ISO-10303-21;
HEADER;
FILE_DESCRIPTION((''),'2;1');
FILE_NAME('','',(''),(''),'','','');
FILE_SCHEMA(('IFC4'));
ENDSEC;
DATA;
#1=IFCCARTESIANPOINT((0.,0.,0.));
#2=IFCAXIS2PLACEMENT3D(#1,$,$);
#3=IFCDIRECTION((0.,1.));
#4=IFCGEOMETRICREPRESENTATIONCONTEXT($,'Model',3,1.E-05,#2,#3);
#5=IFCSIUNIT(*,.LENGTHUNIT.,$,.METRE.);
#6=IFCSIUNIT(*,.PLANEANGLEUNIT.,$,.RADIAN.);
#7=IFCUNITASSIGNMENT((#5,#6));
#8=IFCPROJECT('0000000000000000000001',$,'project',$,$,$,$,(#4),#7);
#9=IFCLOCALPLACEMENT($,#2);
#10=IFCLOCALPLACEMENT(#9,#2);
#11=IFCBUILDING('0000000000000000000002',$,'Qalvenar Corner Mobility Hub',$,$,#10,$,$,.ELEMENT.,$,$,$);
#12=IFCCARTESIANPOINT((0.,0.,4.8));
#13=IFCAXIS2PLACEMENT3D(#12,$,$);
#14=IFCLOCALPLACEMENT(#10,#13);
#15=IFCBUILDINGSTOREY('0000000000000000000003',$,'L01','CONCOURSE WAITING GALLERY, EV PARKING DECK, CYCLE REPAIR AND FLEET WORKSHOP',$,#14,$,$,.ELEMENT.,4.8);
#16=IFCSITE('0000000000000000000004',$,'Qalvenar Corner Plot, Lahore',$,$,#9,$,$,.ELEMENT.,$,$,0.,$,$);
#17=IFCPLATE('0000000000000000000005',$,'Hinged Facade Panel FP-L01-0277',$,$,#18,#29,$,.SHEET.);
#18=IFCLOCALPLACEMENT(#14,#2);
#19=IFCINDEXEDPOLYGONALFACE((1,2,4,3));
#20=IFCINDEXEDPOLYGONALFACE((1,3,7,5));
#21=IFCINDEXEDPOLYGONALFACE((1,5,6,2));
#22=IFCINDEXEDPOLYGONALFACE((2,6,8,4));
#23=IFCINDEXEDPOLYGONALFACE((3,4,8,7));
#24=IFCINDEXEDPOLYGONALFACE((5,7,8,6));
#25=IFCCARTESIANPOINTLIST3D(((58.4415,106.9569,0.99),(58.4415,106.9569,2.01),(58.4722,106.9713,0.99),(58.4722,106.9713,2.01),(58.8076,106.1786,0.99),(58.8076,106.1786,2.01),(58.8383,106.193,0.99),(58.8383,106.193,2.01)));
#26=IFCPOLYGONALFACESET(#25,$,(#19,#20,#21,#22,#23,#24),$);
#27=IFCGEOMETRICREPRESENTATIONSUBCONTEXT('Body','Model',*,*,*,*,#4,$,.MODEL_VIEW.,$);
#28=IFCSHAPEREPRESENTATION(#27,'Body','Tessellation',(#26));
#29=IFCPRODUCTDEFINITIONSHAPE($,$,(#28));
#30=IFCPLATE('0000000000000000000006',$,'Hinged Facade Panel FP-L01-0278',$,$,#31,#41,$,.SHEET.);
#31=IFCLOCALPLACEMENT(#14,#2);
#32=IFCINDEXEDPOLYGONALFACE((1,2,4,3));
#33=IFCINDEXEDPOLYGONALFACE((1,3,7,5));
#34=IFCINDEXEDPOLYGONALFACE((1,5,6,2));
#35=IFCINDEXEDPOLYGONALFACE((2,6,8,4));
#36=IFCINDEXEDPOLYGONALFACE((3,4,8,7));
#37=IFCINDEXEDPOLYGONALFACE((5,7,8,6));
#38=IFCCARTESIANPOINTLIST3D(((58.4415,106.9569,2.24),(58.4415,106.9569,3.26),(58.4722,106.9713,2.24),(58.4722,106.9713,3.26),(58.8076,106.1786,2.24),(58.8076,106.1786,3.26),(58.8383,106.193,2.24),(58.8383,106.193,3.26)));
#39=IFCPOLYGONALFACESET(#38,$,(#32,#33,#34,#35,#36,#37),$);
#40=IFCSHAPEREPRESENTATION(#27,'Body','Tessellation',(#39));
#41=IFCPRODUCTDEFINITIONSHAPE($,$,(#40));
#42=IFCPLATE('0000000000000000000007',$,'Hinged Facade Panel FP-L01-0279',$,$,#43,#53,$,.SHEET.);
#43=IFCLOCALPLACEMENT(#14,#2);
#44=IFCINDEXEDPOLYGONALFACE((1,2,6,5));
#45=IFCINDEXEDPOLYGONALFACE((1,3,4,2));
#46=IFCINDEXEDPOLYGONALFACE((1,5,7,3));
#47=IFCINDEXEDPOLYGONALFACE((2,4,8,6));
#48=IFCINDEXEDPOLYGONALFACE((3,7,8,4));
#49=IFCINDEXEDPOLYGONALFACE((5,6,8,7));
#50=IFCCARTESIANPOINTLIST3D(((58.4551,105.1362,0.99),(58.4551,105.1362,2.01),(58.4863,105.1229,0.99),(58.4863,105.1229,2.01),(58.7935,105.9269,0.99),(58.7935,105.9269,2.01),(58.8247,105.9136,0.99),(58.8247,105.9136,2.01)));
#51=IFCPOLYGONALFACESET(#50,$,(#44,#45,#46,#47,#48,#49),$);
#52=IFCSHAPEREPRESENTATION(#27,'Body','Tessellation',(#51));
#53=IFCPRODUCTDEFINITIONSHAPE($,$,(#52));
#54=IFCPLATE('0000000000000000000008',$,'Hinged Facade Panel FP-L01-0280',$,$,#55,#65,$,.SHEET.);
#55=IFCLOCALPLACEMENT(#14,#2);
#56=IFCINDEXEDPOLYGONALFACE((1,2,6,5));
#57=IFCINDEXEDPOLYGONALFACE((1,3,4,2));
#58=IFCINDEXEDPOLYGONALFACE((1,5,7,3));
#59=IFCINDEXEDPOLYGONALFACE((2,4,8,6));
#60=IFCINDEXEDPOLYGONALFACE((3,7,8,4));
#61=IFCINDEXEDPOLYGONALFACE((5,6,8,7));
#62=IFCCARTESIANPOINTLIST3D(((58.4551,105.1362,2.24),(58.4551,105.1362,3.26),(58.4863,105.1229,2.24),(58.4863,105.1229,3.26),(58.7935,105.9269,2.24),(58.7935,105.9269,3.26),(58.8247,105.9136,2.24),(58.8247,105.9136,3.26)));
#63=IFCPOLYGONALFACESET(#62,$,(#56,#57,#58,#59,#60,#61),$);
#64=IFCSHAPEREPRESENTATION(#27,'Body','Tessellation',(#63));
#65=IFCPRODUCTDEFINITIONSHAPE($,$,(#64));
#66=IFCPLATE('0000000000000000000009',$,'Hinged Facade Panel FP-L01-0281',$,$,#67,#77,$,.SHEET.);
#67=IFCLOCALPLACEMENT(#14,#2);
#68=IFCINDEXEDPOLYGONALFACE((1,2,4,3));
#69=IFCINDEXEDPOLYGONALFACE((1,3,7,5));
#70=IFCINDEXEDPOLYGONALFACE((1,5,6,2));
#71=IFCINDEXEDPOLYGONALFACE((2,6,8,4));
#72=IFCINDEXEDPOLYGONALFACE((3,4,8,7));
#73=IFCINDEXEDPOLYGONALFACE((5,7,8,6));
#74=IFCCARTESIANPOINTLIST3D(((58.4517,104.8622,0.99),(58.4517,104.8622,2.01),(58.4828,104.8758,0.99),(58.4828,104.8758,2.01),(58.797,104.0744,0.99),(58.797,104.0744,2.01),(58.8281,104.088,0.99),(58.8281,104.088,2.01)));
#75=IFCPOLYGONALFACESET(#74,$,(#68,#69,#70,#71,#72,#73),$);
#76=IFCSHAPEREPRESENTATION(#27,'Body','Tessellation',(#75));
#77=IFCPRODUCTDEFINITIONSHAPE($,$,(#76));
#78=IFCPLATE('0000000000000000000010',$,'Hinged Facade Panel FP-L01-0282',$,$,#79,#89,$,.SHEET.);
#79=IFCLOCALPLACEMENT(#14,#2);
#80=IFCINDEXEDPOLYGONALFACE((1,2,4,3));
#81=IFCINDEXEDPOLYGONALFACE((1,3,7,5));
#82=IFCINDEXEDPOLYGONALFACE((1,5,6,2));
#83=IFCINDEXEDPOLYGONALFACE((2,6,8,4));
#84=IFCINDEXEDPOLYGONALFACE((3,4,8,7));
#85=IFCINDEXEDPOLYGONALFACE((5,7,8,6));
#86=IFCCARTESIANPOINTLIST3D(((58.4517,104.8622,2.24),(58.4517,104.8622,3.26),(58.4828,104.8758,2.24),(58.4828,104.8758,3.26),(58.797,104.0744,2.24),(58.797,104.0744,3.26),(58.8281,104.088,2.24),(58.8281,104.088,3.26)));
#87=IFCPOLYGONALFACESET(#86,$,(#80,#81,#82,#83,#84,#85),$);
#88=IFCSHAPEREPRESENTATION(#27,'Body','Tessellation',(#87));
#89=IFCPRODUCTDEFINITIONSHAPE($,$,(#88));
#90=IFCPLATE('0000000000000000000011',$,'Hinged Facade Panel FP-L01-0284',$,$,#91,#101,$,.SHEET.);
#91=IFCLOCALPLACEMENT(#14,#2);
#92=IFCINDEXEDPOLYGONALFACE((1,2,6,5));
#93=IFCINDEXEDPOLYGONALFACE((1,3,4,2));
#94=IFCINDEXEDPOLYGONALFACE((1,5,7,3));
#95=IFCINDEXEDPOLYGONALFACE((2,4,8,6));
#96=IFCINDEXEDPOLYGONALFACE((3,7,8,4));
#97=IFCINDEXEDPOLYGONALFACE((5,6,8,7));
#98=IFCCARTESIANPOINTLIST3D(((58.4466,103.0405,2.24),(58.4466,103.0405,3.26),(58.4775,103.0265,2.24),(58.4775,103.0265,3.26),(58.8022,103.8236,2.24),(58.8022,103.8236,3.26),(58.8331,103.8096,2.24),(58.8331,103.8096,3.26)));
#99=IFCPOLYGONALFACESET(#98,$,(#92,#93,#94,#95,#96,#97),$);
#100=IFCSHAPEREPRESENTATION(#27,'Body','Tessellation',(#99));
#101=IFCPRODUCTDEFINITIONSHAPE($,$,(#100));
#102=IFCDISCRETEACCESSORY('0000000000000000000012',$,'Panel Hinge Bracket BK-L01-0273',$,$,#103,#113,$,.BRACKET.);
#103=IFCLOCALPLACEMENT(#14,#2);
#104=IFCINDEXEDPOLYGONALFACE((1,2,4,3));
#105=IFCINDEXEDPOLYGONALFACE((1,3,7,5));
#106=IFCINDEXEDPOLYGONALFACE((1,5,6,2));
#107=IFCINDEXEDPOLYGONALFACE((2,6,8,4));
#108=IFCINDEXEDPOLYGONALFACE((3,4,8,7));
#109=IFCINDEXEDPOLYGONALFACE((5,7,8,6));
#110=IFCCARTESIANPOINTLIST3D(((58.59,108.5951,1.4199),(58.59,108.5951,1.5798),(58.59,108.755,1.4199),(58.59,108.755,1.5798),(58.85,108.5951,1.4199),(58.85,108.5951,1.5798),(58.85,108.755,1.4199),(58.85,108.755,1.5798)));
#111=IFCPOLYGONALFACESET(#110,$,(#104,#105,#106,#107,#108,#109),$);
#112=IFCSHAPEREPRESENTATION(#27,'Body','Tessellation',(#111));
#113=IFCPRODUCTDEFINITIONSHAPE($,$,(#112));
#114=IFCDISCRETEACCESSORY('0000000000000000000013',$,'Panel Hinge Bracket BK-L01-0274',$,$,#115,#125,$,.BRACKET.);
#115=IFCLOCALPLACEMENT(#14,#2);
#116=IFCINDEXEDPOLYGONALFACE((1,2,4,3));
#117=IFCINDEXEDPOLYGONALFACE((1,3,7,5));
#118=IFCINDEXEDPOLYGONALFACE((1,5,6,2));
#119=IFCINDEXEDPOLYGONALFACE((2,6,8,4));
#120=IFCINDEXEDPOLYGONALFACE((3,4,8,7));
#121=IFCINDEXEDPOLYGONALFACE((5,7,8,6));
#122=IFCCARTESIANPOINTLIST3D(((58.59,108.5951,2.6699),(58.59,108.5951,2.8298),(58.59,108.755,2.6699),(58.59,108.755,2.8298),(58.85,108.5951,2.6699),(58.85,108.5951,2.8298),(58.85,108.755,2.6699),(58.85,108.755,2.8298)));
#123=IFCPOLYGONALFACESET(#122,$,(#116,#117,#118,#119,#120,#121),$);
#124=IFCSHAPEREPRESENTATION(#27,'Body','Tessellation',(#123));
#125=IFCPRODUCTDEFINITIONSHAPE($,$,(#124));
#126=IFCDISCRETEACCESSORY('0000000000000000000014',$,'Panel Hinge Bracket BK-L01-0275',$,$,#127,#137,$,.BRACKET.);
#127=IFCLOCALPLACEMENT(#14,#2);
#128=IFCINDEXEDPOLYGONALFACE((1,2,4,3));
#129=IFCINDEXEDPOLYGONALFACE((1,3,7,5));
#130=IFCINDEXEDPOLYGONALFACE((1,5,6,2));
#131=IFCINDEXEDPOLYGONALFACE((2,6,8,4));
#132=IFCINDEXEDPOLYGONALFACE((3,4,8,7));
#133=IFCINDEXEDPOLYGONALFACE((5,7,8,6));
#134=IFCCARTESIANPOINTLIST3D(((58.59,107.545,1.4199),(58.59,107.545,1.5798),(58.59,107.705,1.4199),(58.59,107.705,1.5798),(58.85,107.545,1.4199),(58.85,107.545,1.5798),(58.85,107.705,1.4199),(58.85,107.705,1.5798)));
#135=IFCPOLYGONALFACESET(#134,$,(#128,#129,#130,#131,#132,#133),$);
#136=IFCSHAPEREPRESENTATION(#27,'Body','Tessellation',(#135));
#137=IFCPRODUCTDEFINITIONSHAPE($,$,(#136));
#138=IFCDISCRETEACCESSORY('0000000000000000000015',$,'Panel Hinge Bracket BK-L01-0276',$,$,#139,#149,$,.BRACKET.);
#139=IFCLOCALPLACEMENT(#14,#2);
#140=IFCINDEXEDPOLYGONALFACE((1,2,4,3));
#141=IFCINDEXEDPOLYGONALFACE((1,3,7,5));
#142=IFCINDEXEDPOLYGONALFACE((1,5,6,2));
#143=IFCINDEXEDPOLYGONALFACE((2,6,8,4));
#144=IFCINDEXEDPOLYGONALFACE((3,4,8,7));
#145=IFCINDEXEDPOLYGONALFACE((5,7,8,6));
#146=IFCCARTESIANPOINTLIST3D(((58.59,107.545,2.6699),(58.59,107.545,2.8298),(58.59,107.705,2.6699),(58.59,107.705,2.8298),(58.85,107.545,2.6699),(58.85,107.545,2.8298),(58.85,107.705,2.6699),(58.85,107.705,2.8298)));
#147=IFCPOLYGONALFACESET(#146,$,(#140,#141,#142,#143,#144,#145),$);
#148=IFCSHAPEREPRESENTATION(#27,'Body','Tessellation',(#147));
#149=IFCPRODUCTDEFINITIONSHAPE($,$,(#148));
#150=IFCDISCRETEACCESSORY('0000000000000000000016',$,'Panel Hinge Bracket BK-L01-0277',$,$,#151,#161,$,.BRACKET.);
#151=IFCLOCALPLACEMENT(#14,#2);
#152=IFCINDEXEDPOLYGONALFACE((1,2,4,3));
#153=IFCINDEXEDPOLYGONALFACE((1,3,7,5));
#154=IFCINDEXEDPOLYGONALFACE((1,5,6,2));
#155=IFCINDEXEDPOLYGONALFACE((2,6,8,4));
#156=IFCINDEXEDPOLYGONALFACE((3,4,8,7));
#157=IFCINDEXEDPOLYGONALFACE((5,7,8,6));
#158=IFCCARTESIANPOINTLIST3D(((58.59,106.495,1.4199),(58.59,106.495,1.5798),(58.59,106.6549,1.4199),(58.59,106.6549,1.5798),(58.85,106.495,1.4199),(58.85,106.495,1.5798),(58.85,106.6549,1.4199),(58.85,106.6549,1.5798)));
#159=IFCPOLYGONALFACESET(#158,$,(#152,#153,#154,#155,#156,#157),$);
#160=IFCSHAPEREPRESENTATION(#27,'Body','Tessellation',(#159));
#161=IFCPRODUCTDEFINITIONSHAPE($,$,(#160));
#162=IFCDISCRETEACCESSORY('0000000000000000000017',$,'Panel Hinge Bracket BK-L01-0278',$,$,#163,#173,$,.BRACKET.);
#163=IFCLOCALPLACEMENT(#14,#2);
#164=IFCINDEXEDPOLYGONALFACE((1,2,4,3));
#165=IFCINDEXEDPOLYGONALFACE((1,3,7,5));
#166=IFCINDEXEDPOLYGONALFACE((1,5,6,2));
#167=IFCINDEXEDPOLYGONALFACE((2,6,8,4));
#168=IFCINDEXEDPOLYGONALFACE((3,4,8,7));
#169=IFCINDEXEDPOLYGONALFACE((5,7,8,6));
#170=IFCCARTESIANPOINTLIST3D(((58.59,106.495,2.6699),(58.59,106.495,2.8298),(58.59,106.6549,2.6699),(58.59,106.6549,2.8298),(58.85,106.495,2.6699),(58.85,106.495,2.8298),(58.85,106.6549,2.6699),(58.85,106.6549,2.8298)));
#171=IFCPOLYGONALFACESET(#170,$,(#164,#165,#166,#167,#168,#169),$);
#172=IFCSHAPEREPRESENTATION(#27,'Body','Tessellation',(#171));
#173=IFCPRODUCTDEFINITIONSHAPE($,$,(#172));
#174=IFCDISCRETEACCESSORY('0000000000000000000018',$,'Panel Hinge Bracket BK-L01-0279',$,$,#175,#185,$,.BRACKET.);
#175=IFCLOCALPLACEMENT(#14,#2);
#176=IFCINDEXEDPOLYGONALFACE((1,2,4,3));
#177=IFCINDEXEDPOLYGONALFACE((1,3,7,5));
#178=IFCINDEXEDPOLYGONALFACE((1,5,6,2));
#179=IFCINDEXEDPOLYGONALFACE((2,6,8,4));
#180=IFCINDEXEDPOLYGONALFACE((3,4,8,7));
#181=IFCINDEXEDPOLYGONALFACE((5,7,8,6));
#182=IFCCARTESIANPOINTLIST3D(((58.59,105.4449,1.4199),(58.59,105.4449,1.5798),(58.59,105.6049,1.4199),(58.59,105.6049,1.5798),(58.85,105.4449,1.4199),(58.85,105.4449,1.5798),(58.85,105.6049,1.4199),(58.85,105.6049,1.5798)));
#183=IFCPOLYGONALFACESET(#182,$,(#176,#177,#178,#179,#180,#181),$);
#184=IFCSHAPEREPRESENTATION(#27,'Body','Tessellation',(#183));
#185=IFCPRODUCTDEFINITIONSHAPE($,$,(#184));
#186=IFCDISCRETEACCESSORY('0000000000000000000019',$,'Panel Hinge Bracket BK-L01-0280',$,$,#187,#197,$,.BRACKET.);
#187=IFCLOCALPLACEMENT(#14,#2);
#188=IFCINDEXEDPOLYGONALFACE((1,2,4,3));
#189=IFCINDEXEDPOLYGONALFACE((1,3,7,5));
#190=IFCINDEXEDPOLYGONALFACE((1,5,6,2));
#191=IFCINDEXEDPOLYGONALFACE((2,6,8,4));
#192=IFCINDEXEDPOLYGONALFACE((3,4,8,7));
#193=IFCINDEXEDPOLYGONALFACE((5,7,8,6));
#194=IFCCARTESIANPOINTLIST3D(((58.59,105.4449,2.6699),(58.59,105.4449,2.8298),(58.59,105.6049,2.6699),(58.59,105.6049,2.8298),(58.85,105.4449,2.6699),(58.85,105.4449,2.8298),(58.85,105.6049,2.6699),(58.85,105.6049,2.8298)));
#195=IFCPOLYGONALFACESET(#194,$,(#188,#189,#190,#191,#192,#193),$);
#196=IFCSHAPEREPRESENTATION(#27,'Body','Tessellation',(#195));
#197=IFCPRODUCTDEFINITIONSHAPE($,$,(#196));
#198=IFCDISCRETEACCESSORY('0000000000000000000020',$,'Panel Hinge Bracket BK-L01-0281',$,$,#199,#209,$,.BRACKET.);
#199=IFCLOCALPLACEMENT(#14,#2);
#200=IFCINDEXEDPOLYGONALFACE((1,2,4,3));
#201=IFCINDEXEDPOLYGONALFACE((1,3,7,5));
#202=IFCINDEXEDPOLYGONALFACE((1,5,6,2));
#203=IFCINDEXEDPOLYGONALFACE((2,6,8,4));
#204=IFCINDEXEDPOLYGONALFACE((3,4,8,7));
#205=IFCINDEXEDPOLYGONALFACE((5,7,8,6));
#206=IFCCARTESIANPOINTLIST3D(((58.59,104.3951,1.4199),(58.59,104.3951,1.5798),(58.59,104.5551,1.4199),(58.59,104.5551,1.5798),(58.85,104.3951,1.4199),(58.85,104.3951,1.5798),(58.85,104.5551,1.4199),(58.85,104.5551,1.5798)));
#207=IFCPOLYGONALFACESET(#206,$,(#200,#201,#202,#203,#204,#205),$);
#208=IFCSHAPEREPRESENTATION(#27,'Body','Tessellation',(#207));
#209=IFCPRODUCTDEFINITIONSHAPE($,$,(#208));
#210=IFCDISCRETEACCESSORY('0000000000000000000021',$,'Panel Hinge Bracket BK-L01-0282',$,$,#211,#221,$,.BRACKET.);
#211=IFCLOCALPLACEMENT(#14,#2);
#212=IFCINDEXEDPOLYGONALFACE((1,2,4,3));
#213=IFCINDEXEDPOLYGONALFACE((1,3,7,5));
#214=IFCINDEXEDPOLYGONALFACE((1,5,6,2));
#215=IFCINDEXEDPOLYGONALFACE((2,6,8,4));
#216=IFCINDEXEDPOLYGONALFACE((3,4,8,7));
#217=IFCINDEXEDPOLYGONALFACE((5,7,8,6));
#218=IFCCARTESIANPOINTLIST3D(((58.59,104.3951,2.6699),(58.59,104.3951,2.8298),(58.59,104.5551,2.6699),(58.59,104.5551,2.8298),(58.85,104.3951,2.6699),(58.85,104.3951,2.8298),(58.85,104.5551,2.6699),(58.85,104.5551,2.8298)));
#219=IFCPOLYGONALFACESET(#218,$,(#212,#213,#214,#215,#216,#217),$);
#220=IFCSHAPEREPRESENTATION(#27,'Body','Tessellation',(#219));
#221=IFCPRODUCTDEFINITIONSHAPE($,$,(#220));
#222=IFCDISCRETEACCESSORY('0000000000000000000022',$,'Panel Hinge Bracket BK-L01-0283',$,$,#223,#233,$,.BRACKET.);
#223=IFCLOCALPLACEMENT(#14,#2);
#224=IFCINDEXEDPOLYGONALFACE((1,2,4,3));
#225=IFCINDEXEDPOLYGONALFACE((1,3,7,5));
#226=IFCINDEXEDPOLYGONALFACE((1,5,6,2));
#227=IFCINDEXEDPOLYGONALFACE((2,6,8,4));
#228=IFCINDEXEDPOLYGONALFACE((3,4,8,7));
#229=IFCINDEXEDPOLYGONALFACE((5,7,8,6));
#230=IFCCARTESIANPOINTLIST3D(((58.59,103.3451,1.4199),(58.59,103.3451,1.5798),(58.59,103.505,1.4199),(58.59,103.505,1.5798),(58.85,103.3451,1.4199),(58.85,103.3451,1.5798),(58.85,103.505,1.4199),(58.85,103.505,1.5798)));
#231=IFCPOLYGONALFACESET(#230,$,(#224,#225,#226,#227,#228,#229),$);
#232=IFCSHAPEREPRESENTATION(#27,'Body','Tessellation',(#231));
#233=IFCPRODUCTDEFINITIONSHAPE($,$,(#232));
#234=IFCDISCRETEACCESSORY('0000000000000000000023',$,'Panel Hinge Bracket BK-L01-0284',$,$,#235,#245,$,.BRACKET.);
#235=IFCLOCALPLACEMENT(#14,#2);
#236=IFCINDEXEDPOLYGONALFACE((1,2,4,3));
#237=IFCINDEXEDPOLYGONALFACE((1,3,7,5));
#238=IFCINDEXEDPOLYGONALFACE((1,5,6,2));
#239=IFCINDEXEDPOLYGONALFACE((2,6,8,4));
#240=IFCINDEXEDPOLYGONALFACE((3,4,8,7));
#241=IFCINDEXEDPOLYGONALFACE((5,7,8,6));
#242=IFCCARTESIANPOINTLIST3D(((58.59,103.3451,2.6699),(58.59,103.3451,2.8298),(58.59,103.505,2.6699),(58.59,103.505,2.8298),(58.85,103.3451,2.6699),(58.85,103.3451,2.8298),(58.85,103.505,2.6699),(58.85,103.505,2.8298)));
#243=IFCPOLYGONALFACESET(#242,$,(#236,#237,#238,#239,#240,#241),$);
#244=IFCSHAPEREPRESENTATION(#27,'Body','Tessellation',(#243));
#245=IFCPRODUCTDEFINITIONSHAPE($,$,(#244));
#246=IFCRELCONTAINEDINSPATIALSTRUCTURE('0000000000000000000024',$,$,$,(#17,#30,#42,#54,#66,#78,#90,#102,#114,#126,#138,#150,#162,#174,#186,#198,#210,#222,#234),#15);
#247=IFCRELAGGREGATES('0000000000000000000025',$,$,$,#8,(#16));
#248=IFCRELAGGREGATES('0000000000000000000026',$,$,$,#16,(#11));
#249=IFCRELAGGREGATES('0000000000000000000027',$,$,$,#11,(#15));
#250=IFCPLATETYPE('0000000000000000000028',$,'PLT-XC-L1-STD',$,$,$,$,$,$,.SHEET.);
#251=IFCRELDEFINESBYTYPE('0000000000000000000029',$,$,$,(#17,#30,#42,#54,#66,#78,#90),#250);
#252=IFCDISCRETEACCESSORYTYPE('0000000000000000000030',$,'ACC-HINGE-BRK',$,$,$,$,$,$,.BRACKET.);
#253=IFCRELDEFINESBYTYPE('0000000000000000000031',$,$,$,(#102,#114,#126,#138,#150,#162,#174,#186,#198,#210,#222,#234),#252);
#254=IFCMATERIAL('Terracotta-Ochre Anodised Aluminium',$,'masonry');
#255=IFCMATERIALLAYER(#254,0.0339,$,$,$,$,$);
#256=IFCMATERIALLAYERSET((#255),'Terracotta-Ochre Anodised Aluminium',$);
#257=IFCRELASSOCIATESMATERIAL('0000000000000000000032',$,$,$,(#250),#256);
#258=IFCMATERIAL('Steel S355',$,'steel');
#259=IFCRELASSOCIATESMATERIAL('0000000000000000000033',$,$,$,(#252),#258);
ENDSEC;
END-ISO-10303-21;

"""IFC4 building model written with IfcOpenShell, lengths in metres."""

from ifc_helpers import new_model, si_unit, direction, frame, origin, origin_2d, place, context, subcontext, project, spatial, rectangle, extrude, material, layer, layer_set, type_object, element, save


model = new_model("IFC4")

# Units and contexts
model_context = context("Model", 3, precision=1e-05, world=origin(), true_north=direction((0.0, 1.0)))
body_context = subcontext(model_context, "Body", "Model", "MODEL_VIEW")
ifc_project = project(units=[si_unit("LENGTHUNIT", "METRE"), si_unit("PLANEANGLEUNIT", "RADIAN")], contexts=[model_context])

# Site, building, storey
site_placement = place(None, origin())
site = spatial("IfcSite", under=ifc_project, at=site_placement, Name="Qalvenar Corner Plot, Lahore", CompositionType="ELEMENT", RefElevation=0.0)
building_placement = place(site_placement, origin())
building = spatial("IfcBuilding", under=site, at=building_placement, Name="Qalvenar Corner Mobility Hub", CompositionType="ELEMENT")
storey_placement = place(building_placement, frame((0.0, 0.0, 4.8)))
storey = spatial("IfcBuildingStorey", under=building, at=storey_placement, Name="L01", Description="CONCOURSE WAITING GALLERY, EV PARKING DECK, CYCLE REPAIR AND FLEET WORKSHOP", CompositionType="ELEMENT", Elevation=4.8)

# Shared definitions
ifc_material_1 = material(Name="Steel S355", Category="steel")

# Plates
ifc_material_2 = material(Name="Terracotta-Ochre Anodised Aluminium", Category="masonry")
ifc_layer_1 = layer(ifc_material_2, 0.0339)
ifc_layer_set_1 = layer_set([ifc_layer_1], Name="Terracotta-Ochre Anodised Aluminium")
plate_type_1 = type_object("IfcPlateType", Name="PLT-XC-L1-STD", PredefinedType="SHEET", material=ifc_layer_set_1)
for number, where, z_axis, x_axis, name in (
    (1, (58.6399, 106.575, 0.99), (0.0, 0.0, 1.0), (0.425621, -0.904901, 0.0), "Hinged Facade Panel FP-L01-0277"),
    (2, (58.6399, 106.575, 2.24), (0.0, 0.0, 1.0), (0.425621, -0.904901, 0.0), "Hinged Facade Panel FP-L01-0278"),
    (3, (58.6399, 105.5249, 0.99), (0.0, 0.0, 1.0), (-0.393461, -0.919341, 0.0), "Hinged Facade Panel FP-L01-0279"),
    (4, (58.6399, 105.5249, 2.24), (0.0, 0.0, 1.0), (-0.393461, -0.919341, 0.0), "Hinged Facade Panel FP-L01-0280"),
    (5, (58.6399, 104.4751, 0.99), (0.0, 0.0, 1.0), (0.401468, -0.915873, 0.0), "Hinged Facade Panel FP-L01-0281"),
    (6, (58.6399, 104.4751, 2.24), (0.0, 0.0, 1.0), (0.401468, -0.915873, 0.0), "Hinged Facade Panel FP-L01-0282"),
    (7, (58.6399, 103.425, 2.24), (0.0, 0.0, 1.0), (-0.413422, -0.910539, 0.0), "Hinged Facade Panel FP-L01-0284"),
):
    element("IfcPlate", number, at=place(storey_placement, frame(where, z_axis=z_axis, x_axis=x_axis)), inside=storey, type_object=plate_type_1, Name=name, PredefinedType="SHEET", context=body_context, shape_type="SweptSolid", body=[
        extrude(rectangle(XDim=0.8601, YDim=0.0339, at=origin_2d()), origin(), (0.0, 0.0, 1.0), 1.02),
    ])

# Discrete accessories
discrete_accessory_type = type_object("IfcDiscreteAccessoryType", Name="ACC-HINGE-BRK", PredefinedType="BRACKET", material=ifc_material_1)
for number, where, z_axis, x_axis, name in (
    (8, (58.72, 108.675, 1.4199), (0.0, 0.0, 1.0), (0.0, -1.0, 0.0), "Panel Hinge Bracket BK-L01-0273"),
    (9, (58.72, 108.675, 2.6699), (0.0, 0.0, 1.0), (0.0, -1.0, 0.0), "Panel Hinge Bracket BK-L01-0274"),
    (10, (58.72, 107.625, 1.4199), (0.0, 0.0, 1.0), (0.0, -1.0, 0.0), "Panel Hinge Bracket BK-L01-0275"),
    (11, (58.72, 107.625, 2.6699), (0.0, 0.0, 1.0), (0.0, -1.0, 0.0), "Panel Hinge Bracket BK-L01-0276"),
    (12, (58.72, 106.575, 1.4199), (0.0, 0.0, 1.0), (0.0, -1.0, 0.0), "Panel Hinge Bracket BK-L01-0277"),
    (13, (58.72, 106.575, 2.6699), (0.0, 0.0, 1.0), (0.0, -1.0, 0.0), "Panel Hinge Bracket BK-L01-0278"),
    (14, (58.72, 105.5249, 1.4199), (0.0, 0.0, 1.0), (0.0, -1.0, 0.0), "Panel Hinge Bracket BK-L01-0279"),
    (15, (58.72, 105.5249, 2.6699), (0.0, 0.0, 1.0), (0.0, -1.0, 0.0), "Panel Hinge Bracket BK-L01-0280"),
    (16, (58.72, 104.4751, 1.4199), (0.0, 0.0, 1.0), (0.0, -1.0, 0.0), "Panel Hinge Bracket BK-L01-0281"),
    (17, (58.72, 104.4751, 2.6699), (0.0, 0.0, 1.0), (0.0, -1.0, 0.0), "Panel Hinge Bracket BK-L01-0282"),
    (18, (58.72, 103.425, 1.4199), (0.0, 0.0, 1.0), (0.0, -1.0, 0.0), "Panel Hinge Bracket BK-L01-0283"),
    (19, (58.72, 103.425, 2.6699), (0.0, 0.0, 1.0), (0.0, -1.0, 0.0), "Panel Hinge Bracket BK-L01-0284"),
):
    element("IfcDiscreteAccessory", number, at=place(storey_placement, frame(where, z_axis=z_axis, x_axis=x_axis)), inside=storey, type_object=discrete_accessory_type, Name=name, PredefinedType="BRACKET", context=body_context, shape_type="SweptSolid", body=[
        extrude(rectangle(XDim=0.1599, YDim=0.26, at=origin_2d()), origin(), (0.0, 0.0, 1.0), 0.1599),
    ])

save(model, "model.ifc")
